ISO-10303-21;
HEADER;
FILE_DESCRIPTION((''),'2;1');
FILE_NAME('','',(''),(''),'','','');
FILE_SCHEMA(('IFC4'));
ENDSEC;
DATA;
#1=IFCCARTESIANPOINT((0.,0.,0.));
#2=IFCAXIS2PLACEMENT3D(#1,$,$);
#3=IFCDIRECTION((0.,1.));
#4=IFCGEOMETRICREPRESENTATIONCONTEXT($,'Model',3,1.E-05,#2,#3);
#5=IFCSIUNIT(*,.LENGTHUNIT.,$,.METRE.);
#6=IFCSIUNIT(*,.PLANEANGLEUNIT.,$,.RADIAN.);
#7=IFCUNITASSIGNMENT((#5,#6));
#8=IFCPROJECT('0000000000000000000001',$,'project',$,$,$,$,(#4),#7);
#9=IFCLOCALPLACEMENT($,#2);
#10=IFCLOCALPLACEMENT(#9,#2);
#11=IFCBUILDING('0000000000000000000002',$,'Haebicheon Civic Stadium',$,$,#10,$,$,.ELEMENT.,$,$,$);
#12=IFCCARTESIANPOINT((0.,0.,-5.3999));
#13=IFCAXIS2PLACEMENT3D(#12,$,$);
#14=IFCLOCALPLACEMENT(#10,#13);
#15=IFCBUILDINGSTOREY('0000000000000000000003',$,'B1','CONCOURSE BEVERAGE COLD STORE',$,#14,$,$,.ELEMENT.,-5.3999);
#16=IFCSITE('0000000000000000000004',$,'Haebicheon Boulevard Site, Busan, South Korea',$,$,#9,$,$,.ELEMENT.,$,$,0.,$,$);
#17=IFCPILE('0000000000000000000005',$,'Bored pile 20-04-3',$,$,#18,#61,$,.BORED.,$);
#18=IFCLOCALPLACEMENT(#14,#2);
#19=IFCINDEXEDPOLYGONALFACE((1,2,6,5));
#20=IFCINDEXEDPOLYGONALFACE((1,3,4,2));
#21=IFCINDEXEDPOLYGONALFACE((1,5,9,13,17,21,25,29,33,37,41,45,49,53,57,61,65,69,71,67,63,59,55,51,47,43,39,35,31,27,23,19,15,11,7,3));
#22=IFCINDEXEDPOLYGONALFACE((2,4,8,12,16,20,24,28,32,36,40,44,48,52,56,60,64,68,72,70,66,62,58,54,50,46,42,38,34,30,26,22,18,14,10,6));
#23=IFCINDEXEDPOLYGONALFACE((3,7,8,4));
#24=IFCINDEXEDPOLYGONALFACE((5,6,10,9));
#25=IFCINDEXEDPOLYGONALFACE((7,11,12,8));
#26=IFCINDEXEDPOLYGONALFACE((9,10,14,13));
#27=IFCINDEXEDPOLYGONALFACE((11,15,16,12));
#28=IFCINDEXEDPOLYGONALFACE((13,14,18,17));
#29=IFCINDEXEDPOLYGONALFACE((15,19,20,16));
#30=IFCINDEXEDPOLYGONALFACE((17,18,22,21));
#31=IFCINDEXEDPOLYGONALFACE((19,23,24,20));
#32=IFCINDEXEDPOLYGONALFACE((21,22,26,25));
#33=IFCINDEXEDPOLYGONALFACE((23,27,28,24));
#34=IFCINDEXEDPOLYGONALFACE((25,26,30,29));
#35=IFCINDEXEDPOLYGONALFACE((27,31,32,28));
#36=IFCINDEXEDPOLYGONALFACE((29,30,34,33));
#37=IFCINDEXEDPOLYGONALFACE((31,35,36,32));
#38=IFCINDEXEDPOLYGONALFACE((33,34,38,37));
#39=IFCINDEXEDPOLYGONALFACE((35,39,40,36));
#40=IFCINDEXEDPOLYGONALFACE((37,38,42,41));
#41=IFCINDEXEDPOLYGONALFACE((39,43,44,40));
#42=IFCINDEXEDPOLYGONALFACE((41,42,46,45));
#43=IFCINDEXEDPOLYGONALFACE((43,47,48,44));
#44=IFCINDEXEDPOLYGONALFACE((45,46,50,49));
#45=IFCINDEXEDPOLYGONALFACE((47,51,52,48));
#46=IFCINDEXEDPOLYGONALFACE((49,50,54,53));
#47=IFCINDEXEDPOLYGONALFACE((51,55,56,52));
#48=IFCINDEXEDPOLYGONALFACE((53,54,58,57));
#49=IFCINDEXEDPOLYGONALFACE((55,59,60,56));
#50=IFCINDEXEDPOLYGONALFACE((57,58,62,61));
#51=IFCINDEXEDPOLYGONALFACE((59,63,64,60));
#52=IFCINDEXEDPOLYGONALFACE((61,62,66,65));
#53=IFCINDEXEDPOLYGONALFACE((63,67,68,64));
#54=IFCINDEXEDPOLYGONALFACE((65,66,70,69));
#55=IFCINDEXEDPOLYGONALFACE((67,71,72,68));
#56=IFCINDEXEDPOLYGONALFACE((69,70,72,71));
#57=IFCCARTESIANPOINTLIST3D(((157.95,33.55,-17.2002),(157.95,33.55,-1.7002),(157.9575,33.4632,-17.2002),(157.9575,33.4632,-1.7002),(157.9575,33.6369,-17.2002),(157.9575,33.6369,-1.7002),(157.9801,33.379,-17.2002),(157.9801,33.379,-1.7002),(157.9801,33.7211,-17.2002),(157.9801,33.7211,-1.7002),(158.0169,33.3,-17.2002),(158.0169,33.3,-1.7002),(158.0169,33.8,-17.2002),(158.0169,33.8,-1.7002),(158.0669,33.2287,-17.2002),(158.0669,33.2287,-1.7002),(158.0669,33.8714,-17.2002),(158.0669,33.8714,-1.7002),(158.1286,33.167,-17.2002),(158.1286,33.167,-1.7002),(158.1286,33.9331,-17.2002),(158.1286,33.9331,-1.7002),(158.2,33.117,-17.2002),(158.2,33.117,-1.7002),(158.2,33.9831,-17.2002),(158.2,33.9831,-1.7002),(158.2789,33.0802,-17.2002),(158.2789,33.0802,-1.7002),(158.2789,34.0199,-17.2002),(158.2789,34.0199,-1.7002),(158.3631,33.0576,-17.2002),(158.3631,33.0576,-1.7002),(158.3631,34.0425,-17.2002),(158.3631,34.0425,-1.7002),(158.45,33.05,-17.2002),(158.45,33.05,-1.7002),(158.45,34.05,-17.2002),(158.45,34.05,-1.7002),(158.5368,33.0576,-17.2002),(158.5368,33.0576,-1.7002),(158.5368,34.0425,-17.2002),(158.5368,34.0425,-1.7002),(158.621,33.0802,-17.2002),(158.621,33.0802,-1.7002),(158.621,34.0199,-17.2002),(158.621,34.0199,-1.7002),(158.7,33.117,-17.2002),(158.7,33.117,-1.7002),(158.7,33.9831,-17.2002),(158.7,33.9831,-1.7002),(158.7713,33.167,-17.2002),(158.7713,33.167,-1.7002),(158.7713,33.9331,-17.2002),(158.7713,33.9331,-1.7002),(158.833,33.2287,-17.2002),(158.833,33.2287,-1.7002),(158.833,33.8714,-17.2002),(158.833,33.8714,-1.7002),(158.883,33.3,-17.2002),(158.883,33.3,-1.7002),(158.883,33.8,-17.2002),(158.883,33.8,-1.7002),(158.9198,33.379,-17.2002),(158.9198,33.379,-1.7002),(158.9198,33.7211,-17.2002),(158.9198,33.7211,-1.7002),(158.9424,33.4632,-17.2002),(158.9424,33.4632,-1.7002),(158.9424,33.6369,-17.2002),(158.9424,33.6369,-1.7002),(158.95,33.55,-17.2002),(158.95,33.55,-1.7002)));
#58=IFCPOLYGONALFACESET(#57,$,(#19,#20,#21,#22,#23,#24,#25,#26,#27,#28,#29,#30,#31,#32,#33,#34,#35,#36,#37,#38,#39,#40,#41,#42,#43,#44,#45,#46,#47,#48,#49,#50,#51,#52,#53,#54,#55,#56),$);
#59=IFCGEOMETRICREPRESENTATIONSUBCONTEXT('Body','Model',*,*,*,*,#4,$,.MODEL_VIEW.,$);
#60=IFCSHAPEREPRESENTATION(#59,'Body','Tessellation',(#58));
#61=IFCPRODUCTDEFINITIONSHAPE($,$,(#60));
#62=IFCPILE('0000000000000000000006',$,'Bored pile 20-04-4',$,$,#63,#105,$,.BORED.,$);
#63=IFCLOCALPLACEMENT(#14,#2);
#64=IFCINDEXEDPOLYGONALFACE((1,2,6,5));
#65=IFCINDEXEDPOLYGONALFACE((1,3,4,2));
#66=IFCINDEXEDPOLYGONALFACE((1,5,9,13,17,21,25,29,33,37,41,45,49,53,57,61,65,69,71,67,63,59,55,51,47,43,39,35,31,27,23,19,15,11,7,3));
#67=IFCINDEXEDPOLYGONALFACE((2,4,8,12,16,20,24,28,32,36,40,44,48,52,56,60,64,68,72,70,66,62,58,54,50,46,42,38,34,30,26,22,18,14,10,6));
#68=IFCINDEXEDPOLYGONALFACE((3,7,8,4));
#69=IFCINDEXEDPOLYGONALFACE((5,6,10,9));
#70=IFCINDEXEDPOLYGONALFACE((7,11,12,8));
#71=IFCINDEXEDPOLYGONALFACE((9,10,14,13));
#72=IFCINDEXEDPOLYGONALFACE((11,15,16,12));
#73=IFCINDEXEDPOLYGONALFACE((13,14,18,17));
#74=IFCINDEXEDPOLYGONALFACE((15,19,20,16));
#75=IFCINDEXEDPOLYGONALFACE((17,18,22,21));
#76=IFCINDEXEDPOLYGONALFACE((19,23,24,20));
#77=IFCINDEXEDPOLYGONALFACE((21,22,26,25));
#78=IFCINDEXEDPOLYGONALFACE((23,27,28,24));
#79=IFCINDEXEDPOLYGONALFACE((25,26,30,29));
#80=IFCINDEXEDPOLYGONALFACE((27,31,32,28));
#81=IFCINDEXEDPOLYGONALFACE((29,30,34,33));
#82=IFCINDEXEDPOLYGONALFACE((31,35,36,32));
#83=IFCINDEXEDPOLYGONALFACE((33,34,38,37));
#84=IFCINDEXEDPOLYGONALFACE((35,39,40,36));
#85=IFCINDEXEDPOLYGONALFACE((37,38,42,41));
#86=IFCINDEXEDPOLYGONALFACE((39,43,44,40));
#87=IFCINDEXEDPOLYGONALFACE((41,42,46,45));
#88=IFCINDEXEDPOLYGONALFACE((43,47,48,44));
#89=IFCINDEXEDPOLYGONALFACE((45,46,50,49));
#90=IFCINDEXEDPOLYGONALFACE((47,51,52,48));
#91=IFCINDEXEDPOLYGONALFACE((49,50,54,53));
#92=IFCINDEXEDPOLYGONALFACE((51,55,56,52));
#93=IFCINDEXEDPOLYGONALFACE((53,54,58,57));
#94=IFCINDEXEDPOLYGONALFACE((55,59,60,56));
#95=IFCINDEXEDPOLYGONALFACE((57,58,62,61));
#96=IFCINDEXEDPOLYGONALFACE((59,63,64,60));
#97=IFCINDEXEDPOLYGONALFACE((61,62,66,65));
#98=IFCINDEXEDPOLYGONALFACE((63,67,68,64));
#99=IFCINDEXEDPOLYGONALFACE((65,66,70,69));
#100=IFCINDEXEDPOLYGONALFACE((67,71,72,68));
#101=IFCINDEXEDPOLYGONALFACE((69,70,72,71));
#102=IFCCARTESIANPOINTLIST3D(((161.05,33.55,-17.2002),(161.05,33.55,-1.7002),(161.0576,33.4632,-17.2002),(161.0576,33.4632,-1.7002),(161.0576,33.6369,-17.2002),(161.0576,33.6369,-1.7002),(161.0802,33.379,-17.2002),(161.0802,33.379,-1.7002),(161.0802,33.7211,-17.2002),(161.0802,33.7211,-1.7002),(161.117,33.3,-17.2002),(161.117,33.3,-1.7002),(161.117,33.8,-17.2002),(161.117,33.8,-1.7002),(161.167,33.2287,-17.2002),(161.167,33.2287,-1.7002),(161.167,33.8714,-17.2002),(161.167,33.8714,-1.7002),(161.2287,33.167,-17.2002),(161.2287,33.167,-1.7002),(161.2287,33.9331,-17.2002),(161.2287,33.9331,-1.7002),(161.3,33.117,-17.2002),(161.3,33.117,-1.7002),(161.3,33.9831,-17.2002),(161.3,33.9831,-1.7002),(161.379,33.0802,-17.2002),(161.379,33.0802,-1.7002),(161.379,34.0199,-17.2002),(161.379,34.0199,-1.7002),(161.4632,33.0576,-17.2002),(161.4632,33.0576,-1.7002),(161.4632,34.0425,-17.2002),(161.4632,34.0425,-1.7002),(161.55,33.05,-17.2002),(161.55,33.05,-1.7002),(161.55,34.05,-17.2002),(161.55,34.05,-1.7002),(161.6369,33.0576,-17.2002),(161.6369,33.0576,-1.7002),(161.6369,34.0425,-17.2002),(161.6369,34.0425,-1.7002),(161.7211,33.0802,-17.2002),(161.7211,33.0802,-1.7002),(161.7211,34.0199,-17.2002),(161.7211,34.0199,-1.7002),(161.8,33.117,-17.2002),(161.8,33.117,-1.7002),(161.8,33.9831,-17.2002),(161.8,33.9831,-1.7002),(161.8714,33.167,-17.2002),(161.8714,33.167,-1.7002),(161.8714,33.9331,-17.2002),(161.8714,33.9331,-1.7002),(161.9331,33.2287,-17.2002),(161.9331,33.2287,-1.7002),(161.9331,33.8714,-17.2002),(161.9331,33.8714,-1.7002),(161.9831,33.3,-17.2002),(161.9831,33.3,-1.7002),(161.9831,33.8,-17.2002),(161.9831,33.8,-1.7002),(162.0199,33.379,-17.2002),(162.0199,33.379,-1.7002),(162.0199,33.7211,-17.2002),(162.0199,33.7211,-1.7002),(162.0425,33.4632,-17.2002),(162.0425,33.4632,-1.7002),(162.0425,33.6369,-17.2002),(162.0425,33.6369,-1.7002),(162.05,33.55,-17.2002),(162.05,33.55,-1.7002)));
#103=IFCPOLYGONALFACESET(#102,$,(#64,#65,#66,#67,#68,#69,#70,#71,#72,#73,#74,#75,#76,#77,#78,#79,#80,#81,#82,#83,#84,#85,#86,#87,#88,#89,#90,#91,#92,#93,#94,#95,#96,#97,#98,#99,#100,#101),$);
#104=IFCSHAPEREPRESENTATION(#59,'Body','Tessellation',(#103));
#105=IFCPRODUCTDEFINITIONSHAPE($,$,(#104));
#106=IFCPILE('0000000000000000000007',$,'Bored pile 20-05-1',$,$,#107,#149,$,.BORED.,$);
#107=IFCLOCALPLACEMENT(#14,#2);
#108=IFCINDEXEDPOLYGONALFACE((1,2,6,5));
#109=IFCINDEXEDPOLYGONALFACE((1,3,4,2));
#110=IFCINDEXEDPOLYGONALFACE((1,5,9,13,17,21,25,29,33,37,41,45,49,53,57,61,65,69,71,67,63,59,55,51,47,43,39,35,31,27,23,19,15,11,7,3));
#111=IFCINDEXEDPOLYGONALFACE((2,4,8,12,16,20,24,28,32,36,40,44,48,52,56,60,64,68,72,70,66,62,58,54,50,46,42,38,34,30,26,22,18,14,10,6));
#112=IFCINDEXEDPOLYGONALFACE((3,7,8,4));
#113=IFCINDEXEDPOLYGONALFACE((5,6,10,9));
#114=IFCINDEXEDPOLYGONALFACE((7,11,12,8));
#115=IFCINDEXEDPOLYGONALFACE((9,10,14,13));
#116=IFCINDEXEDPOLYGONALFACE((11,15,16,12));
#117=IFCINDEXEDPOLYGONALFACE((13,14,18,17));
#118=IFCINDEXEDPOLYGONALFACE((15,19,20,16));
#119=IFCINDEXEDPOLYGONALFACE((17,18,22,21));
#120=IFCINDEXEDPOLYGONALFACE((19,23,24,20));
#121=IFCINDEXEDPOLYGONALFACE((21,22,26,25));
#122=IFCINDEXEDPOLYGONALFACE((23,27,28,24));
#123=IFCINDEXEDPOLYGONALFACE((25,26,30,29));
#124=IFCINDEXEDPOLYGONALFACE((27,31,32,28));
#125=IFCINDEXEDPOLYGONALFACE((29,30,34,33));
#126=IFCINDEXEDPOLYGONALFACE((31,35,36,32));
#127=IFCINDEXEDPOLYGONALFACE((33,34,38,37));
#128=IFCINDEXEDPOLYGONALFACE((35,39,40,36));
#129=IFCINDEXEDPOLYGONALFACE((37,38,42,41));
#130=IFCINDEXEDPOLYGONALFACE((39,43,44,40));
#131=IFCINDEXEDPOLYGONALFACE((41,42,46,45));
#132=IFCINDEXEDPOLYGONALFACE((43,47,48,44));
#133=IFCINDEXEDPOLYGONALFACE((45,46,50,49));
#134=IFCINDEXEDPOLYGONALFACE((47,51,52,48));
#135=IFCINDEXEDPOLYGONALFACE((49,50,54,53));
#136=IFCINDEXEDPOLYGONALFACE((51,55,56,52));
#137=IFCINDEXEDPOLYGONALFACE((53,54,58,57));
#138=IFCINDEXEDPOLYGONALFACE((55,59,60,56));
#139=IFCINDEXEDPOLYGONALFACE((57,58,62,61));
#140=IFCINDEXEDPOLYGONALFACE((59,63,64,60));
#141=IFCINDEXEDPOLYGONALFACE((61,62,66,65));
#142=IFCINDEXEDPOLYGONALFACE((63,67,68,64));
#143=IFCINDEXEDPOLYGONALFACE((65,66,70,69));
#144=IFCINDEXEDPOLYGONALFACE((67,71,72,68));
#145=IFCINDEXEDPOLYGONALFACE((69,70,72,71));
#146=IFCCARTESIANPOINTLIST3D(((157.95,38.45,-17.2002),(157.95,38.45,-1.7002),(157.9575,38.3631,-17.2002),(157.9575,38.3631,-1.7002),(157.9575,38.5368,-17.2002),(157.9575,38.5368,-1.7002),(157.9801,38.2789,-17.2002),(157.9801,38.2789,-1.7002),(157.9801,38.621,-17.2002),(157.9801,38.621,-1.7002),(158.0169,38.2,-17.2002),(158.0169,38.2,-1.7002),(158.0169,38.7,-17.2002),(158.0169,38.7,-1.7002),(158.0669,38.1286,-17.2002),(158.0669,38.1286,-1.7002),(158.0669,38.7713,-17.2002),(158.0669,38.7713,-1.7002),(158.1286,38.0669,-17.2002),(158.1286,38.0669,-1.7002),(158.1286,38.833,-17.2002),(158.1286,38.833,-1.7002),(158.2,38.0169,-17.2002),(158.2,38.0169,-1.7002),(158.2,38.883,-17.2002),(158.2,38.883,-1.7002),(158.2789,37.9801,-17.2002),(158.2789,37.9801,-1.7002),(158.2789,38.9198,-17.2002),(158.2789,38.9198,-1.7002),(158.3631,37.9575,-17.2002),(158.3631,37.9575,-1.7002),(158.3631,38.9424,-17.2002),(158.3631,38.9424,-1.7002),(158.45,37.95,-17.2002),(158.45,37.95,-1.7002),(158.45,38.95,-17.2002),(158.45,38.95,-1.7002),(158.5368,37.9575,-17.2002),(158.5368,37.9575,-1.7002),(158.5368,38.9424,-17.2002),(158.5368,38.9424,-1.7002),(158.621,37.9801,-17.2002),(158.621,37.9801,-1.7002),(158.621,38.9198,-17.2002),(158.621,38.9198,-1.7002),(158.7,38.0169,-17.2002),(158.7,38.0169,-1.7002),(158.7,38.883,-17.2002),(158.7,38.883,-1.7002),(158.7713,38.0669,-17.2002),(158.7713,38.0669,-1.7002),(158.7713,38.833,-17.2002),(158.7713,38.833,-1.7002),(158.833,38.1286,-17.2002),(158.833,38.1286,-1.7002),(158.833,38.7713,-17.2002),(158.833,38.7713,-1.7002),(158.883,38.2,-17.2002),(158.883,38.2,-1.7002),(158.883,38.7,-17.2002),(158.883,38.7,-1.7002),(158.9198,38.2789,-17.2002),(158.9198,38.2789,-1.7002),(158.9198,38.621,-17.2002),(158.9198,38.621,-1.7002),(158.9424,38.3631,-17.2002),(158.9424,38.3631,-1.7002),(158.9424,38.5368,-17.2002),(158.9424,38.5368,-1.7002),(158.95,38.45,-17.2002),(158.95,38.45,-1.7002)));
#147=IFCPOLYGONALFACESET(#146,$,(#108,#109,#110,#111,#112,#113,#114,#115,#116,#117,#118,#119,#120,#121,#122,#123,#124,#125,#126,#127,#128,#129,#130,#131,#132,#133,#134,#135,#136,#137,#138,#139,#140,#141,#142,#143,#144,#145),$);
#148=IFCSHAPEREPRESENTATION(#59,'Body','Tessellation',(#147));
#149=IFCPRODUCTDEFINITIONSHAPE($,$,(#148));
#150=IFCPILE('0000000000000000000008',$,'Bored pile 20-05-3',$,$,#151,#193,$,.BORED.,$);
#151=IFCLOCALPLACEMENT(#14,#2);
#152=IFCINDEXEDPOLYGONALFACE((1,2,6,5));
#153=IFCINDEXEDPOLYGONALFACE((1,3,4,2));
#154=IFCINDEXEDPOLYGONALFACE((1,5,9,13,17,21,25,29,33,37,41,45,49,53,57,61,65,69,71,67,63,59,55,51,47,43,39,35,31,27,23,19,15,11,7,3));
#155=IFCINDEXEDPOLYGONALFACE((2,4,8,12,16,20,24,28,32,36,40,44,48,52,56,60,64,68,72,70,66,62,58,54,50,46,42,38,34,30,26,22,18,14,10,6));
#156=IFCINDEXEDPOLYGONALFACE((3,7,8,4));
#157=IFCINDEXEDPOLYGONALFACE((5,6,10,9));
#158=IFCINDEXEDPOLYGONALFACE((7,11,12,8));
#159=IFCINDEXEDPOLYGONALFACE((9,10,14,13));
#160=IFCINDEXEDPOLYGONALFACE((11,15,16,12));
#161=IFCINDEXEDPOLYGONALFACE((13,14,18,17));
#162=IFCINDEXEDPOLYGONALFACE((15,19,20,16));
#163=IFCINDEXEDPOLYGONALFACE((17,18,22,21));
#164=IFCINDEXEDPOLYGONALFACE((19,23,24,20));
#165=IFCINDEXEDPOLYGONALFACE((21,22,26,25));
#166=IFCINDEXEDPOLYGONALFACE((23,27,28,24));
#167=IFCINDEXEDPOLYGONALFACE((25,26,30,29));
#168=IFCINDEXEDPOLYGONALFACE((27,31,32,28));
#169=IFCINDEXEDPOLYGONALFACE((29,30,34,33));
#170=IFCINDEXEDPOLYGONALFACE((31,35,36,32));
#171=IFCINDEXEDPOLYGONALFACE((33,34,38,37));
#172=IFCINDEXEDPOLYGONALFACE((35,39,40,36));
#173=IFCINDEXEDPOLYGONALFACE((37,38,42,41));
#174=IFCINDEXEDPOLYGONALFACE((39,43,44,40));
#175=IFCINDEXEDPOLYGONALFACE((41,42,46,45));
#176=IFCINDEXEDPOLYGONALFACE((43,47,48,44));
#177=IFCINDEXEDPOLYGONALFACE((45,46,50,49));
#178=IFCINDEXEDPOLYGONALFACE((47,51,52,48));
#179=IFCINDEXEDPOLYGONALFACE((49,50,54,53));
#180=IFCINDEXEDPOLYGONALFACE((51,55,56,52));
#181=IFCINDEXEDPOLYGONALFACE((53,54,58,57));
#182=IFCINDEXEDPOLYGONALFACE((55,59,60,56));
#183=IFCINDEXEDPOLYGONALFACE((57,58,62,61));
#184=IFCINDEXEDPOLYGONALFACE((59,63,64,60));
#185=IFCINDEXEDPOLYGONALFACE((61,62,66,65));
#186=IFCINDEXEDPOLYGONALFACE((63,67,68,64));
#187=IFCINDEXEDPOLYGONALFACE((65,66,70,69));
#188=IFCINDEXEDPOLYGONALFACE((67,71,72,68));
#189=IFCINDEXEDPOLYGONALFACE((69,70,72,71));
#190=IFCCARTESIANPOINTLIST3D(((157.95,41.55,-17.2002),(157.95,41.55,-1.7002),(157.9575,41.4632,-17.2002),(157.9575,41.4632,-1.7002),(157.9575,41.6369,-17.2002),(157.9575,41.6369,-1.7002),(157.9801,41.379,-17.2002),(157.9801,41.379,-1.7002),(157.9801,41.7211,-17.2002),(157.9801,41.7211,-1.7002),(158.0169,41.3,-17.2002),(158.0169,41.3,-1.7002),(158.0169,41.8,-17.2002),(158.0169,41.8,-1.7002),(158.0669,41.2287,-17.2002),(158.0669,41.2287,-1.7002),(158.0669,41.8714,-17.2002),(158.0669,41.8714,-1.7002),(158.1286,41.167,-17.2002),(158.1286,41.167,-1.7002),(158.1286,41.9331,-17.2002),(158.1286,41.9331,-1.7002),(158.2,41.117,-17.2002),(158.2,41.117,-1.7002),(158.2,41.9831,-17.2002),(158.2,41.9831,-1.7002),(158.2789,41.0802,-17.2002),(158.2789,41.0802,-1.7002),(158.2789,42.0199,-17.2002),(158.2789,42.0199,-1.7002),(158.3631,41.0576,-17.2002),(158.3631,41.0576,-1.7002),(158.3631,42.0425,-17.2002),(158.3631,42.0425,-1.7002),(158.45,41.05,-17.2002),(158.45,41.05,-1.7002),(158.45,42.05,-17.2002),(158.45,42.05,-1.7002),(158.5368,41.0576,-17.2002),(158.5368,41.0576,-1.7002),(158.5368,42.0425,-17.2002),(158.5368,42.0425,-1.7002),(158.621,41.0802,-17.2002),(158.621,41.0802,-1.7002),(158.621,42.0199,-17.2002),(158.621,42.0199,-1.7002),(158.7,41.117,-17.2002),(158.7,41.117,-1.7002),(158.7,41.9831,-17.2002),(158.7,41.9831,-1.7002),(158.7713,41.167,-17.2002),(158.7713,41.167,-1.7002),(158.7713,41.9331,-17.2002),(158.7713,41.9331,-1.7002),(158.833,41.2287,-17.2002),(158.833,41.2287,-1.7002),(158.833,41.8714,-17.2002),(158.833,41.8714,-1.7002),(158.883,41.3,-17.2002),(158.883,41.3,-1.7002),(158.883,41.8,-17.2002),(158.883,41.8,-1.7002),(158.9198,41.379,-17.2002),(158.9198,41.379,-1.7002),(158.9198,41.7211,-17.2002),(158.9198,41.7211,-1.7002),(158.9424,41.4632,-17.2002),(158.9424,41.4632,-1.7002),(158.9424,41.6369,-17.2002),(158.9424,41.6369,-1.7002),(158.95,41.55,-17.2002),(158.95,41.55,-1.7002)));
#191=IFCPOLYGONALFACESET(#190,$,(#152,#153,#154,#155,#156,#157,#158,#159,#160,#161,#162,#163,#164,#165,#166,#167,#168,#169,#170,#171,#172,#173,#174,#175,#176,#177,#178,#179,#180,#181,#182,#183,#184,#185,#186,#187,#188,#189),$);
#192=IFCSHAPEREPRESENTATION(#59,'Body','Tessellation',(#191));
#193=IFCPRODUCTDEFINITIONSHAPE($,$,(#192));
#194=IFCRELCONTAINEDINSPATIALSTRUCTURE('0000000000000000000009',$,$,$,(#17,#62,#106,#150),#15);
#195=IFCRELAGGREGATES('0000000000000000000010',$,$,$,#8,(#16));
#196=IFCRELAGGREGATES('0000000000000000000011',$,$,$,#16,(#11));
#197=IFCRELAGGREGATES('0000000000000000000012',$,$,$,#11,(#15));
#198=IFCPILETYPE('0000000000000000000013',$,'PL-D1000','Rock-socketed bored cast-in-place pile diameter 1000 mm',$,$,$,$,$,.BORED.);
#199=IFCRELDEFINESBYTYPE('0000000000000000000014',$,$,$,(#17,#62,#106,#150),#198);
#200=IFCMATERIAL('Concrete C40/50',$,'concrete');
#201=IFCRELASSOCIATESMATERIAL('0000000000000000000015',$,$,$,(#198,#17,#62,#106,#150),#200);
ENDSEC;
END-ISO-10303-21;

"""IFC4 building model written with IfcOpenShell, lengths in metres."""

from ifc_helpers import new_model, si_unit, direction, frame, origin, origin_2d, place, context, subcontext, project, spatial, circle, extrude, material, material_profile, profile_set, type_object, element, save


model = new_model("IFC4")

# Units and contexts
model_context = context("Model", 3, precision=1e-05, world=origin(), true_north=direction((0.0, 1.0)))
body_context = subcontext(model_context, "Body", "Model", "MODEL_VIEW")
ifc_project = project(units=[si_unit("LENGTHUNIT", "METRE"), si_unit("PLANEANGLEUNIT", "RADIAN")], contexts=[model_context])

# Site, building, storey
site_placement = place(None, origin())
site = spatial("IfcSite", under=ifc_project, at=site_placement, Name="Haebicheon Boulevard Site, Busan, South Korea", CompositionType="ELEMENT", RefElevation=0.0)
building_placement = place(site_placement, origin())
building = spatial("IfcBuilding", under=site, at=building_placement, Name="Haebicheon Civic Stadium", CompositionType="ELEMENT")
storey_placement = place(building_placement, frame((0.0, 0.0, -5.3999)))
storey = spatial("IfcBuildingStorey", under=building, at=storey_placement, Name="B1", Description="CONCOURSE BEVERAGE COLD STORE", CompositionType="ELEMENT", Elevation=-5.3999)

# Piles
ifc_material_1 = material(Name="Concrete C40/50", Category="concrete")
ifc_material_profile_1 = material_profile(ifc_material_1, circle(Radius=0.5, at=origin_2d()), Name="PILE-D1000")
ifc_profile_set_1 = profile_set([ifc_material_profile_1], Name="Concrete C40/50")
pile_type = type_object("IfcPileType", Name="PL-D1000", Description="Rock-socketed bored cast-in-place pile diameter 1000 mm", PredefinedType="BORED", material=ifc_profile_set_1)
for number, where, z_axis, x_axis, name in (
    (1, (158.45, 33.55, -1.7002), (0.0, 0.0, -1.0), (1.0, 0.0, 0.0), "Bored pile 20-04-3"),
    (2, (161.55, 33.55, -1.7002), (0.0, 0.0, -1.0), (1.0, 0.0, 0.0), "Bored pile 20-04-4"),
    (3, (158.45, 38.45, -1.7002), (0.0, 0.0, -1.0), (1.0, 0.0, 0.0), "Bored pile 20-05-1"),
    (4, (158.45, 41.55, -1.7002), (0.0, 0.0, -1.0), (1.0, 0.0, 0.0), "Bored pile 20-05-3"),
):
    element("IfcPile", number, at=place(storey_placement, frame(where, z_axis=z_axis, x_axis=x_axis)), inside=storey, type_object=pile_type, material=ifc_profile_set_1, Name=name, PredefinedType="BORED", context=body_context, shape_type="SweptSolid", body=[
        extrude(circle(Radius=0.5, at=origin_2d()), origin(), (0.0, 0.0, 1.0), 15.5),
    ])

save(model, "model.ifc")
